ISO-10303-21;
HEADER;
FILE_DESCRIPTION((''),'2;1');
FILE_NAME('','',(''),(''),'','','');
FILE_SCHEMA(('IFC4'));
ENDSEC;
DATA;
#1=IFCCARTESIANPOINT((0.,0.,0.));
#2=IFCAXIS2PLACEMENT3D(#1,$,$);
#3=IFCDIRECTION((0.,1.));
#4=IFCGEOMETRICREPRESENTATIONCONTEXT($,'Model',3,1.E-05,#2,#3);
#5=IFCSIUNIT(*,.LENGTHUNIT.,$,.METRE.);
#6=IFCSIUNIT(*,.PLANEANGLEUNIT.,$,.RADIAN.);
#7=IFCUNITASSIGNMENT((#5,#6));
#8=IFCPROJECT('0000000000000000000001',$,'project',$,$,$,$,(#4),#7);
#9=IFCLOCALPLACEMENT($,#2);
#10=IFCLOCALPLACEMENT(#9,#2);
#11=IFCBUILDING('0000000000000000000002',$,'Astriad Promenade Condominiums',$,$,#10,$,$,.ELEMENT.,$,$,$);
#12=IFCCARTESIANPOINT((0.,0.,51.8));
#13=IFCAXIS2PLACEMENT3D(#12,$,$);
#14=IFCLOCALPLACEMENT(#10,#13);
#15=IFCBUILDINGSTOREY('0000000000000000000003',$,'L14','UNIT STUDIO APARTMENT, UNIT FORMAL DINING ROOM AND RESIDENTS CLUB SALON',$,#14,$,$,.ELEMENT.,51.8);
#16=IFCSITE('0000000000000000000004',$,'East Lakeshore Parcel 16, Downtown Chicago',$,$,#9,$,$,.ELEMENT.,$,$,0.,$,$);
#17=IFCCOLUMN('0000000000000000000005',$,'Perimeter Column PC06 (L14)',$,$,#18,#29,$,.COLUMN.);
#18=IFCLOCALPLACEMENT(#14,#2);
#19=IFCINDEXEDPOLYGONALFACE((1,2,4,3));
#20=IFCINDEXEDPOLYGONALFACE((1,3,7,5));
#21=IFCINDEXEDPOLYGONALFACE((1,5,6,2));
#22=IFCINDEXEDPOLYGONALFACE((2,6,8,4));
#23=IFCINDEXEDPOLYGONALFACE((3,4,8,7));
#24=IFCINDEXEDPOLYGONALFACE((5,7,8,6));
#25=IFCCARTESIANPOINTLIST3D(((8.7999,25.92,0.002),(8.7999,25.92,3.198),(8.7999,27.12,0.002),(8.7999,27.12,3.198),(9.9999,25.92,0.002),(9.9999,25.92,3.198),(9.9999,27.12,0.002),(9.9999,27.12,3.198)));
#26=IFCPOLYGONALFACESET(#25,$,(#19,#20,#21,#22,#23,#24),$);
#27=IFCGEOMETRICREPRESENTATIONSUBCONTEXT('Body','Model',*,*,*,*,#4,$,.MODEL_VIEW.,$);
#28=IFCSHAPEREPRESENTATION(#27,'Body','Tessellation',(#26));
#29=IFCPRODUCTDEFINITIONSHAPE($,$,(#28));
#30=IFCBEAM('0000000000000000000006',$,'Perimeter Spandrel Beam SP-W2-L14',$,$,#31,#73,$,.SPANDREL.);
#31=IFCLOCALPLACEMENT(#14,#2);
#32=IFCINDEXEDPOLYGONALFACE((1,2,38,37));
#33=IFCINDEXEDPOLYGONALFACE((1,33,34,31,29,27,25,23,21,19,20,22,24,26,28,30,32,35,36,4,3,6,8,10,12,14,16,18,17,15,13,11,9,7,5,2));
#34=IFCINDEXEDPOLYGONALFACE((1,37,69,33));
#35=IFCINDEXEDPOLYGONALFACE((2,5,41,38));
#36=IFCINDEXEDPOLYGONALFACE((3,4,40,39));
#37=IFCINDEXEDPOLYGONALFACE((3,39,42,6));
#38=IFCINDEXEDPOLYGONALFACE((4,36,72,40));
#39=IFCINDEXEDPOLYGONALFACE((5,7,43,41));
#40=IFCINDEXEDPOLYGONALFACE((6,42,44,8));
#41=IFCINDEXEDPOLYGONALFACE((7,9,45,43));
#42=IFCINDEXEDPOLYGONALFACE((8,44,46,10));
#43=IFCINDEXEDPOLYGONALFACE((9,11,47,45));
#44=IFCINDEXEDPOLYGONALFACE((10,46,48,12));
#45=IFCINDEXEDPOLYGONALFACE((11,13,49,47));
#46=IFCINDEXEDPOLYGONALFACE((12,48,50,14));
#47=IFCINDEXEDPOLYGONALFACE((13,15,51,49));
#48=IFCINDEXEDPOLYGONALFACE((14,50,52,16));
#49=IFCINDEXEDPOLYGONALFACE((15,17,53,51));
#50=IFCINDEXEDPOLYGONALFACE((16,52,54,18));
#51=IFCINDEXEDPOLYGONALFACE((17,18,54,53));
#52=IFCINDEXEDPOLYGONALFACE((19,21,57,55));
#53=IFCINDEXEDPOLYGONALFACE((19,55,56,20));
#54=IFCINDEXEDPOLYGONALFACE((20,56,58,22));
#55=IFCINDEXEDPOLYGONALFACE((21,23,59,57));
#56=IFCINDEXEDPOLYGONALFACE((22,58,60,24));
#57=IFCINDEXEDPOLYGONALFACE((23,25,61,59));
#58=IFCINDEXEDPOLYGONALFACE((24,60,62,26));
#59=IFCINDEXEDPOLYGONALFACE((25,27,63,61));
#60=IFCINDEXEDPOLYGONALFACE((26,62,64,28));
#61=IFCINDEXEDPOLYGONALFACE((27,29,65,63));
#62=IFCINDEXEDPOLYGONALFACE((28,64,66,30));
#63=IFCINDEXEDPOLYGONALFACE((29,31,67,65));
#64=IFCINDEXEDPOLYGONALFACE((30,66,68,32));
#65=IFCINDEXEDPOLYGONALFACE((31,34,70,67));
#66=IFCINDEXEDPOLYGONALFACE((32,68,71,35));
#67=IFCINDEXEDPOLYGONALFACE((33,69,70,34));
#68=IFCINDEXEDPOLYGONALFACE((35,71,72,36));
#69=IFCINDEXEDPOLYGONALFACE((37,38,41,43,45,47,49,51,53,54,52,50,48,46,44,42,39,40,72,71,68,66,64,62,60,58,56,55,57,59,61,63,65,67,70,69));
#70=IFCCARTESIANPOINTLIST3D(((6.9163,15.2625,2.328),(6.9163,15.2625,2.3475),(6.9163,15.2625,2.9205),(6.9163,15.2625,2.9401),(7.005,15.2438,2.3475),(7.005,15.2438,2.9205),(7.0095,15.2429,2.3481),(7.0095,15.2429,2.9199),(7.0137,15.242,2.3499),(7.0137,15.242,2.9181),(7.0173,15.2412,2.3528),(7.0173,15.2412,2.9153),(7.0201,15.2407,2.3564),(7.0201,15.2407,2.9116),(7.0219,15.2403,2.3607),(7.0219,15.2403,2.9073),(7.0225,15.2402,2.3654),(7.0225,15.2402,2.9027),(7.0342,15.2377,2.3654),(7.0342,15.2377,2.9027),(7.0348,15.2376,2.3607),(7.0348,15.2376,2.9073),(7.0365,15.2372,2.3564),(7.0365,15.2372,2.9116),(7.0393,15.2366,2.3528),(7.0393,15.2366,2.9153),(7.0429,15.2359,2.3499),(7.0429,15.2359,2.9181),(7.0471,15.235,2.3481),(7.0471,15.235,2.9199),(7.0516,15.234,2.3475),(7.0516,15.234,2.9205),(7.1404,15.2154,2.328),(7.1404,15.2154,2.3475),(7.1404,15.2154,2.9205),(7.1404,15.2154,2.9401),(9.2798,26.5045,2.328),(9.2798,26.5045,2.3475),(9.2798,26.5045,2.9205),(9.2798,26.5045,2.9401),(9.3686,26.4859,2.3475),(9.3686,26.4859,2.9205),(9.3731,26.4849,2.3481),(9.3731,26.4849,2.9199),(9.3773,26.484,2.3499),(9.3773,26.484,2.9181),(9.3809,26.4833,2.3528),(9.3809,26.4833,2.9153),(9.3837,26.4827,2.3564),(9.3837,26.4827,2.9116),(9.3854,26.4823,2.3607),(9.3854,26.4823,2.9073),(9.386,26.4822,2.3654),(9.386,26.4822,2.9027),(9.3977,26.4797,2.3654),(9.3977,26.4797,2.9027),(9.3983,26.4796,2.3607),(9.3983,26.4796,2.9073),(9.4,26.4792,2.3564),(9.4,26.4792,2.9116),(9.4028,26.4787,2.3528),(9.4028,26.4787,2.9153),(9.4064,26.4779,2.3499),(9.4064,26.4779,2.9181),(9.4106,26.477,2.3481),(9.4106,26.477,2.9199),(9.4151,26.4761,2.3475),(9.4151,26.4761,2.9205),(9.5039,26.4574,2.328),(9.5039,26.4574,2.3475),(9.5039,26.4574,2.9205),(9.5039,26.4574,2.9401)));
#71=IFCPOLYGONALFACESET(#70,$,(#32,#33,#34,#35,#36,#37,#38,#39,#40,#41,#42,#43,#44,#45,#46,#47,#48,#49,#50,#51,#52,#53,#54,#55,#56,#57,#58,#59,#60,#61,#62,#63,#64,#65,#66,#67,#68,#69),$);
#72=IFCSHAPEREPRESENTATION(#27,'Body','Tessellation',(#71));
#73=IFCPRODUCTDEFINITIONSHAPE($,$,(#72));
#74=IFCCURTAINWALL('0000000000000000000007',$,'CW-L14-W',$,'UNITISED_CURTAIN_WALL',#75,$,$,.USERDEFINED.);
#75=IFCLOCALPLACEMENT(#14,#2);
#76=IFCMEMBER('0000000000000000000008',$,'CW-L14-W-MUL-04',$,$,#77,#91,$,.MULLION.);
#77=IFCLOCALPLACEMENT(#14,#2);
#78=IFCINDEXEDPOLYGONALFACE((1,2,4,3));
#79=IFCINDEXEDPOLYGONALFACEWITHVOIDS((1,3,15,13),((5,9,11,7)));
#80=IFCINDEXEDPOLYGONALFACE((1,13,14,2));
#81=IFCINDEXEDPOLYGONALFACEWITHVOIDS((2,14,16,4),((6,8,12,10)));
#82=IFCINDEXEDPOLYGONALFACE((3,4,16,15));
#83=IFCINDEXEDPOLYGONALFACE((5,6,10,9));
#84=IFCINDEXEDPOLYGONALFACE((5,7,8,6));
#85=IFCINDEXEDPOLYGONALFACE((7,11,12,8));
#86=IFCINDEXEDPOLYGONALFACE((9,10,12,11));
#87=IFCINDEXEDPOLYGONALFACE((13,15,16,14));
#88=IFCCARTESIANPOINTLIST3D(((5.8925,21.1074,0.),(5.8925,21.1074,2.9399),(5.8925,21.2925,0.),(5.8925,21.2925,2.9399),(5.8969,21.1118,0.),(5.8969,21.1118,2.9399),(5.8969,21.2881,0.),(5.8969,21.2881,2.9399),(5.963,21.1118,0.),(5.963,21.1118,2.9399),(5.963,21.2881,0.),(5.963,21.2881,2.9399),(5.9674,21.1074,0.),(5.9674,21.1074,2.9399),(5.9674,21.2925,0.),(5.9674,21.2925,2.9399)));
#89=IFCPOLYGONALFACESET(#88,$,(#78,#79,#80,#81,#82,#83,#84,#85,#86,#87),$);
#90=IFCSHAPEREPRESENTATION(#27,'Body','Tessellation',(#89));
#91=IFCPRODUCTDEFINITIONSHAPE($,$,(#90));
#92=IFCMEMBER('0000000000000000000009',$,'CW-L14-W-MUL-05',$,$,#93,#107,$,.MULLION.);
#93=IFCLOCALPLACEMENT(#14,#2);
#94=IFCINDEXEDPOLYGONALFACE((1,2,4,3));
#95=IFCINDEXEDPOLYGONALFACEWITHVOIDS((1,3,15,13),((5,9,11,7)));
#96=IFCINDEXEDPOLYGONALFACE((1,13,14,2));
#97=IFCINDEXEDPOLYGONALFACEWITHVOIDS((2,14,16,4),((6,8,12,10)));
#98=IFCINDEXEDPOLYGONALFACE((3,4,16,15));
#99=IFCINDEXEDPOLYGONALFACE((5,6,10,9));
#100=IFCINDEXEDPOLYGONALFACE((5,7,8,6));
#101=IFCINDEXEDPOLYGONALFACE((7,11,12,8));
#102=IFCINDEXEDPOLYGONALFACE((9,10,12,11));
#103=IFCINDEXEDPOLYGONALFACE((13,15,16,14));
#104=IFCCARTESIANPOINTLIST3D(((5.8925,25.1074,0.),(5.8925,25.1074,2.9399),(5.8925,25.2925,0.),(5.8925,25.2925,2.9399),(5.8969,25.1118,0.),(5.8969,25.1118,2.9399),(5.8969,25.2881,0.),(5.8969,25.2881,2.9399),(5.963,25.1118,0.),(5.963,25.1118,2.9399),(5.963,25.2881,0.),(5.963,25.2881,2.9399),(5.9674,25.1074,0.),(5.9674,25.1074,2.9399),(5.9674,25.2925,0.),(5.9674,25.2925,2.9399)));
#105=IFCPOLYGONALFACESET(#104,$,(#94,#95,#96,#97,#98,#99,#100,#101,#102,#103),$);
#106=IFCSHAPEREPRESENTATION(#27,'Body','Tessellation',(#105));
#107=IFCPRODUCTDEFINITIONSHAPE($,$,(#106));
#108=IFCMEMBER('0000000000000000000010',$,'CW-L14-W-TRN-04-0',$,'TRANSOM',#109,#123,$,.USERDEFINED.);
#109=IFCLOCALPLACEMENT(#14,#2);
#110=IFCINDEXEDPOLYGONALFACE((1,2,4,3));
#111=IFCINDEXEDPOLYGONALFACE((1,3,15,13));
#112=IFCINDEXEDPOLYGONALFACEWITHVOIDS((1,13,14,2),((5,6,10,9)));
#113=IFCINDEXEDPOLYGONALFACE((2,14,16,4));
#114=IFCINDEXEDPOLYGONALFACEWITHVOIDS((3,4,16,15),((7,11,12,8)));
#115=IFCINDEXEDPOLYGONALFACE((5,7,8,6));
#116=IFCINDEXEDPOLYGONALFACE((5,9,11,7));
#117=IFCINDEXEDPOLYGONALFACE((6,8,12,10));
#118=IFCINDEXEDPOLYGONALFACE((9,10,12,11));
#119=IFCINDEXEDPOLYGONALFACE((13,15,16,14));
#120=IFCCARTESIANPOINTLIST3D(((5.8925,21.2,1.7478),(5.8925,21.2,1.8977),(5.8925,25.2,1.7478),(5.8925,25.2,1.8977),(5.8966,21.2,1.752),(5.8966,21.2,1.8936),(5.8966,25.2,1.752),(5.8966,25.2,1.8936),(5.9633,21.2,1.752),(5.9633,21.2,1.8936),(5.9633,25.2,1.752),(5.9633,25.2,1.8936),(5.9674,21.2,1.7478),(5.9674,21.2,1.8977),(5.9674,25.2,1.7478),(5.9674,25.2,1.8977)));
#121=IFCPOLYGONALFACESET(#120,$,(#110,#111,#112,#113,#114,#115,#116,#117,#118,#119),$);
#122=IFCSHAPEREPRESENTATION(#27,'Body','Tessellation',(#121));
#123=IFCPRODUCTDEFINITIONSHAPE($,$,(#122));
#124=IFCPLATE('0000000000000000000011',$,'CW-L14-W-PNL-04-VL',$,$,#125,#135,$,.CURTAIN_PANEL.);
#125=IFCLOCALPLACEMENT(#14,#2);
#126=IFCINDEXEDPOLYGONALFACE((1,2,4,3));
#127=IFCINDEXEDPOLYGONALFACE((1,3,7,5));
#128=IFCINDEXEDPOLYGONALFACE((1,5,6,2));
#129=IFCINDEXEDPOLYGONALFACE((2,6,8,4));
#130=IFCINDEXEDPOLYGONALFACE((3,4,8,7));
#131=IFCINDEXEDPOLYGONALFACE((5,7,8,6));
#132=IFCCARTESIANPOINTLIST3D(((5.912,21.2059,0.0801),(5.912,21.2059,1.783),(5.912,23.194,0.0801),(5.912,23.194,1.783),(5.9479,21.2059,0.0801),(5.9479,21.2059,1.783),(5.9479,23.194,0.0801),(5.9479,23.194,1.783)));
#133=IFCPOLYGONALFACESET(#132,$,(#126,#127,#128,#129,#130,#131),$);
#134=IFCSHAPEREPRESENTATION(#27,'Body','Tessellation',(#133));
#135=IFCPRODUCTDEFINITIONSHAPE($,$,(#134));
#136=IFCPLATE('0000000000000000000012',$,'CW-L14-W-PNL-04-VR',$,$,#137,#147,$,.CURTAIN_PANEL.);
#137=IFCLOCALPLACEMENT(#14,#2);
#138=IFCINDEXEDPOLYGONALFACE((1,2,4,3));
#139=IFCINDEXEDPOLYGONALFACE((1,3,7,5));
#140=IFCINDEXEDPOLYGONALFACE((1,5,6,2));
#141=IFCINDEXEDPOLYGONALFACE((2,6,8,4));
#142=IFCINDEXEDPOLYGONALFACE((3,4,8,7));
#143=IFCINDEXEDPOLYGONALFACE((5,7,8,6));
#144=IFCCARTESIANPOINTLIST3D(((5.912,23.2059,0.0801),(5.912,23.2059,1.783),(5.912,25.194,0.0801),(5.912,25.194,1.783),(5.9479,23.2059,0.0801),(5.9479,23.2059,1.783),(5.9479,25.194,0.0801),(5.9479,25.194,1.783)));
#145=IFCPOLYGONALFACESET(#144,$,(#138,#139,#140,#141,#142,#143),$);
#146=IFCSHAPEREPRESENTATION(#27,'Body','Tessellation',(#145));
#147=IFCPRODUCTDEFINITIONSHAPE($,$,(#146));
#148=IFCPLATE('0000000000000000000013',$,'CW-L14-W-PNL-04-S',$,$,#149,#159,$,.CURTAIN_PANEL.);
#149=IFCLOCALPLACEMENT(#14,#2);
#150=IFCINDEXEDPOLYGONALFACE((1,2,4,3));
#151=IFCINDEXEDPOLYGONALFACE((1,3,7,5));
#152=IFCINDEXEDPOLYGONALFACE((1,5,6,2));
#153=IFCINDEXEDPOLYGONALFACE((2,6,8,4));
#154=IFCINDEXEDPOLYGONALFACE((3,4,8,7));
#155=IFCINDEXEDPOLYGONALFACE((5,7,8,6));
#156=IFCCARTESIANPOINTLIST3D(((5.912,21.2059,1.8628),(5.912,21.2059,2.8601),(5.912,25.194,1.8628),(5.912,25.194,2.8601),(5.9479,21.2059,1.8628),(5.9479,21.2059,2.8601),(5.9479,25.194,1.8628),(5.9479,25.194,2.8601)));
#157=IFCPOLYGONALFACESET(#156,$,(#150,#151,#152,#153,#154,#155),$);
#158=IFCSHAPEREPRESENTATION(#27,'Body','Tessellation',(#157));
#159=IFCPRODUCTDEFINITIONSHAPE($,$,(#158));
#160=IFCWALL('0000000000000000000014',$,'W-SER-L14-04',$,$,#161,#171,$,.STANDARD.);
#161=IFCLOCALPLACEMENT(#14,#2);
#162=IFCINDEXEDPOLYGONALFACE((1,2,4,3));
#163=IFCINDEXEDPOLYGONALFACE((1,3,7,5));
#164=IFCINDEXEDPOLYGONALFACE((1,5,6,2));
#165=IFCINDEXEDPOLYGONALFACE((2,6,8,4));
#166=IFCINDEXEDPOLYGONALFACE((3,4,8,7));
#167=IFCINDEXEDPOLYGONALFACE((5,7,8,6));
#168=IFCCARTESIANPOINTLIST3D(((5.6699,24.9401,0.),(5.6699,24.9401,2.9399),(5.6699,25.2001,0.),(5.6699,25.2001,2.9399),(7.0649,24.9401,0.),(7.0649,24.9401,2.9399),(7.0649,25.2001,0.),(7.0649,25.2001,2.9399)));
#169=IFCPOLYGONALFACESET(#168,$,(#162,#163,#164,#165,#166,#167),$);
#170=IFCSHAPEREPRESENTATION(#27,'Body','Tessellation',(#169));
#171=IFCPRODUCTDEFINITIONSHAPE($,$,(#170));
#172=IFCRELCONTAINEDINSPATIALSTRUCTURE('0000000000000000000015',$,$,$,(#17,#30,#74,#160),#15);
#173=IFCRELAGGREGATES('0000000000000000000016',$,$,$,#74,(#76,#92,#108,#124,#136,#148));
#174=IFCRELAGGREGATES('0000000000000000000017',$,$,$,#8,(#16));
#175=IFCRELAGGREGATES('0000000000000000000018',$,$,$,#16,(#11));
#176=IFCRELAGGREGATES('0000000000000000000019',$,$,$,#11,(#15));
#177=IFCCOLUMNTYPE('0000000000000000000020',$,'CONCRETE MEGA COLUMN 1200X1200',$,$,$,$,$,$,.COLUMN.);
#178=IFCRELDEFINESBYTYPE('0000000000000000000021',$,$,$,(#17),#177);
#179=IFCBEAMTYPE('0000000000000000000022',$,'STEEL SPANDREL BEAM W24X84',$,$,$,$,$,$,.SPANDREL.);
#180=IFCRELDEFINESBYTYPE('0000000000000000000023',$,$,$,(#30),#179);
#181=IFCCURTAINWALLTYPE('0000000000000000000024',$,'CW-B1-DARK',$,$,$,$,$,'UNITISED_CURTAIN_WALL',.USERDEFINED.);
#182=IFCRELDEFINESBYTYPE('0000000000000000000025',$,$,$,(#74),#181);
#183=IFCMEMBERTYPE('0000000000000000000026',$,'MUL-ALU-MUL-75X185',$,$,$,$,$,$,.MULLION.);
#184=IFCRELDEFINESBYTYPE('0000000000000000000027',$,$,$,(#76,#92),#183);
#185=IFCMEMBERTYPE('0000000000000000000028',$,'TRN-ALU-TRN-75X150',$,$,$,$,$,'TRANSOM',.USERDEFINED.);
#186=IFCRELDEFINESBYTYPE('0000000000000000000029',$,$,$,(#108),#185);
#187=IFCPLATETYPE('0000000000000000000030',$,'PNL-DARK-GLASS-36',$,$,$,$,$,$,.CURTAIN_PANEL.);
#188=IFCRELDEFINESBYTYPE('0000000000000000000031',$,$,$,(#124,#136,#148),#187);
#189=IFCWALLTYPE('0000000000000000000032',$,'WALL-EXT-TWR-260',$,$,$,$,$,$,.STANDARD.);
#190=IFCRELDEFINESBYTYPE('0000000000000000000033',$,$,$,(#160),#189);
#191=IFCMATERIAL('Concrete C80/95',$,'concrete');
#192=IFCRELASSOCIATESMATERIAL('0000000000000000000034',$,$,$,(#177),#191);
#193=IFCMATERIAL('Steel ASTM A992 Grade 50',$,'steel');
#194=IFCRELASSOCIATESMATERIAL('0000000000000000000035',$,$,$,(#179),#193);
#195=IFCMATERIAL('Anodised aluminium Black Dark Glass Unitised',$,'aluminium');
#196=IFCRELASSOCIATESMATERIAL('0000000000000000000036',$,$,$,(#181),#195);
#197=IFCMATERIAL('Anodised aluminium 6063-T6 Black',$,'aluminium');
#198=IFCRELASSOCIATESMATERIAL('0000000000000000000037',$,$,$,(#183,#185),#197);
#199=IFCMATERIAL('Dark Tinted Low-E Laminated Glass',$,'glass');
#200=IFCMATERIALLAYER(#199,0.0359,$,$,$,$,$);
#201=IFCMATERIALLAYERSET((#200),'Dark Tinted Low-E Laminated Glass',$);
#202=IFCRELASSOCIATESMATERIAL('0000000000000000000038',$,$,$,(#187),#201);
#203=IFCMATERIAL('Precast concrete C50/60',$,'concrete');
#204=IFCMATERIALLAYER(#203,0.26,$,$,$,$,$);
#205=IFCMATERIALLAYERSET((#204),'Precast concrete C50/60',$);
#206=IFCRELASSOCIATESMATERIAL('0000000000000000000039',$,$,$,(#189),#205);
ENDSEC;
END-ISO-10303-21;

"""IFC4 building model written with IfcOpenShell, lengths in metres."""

from ifc_helpers import new_model, si_unit, direction, frame, frame_2d, origin, origin_2d, place, context, subcontext, project, spatial, rectangle, hollow_rectangle, i_section, extrude, source, transform, mapped, material, layer, layer_set, material_profile, profile_set, type_object, type_shapes, element, aggregate, save


model = new_model("IFC4")

# Units and contexts
model_context = context("Model", 3, precision=1e-05, world=origin(), true_north=direction((0.0, 1.0)))
body_context = subcontext(model_context, "Body", "Model", "MODEL_VIEW")
ifc_project = project(units=[si_unit("LENGTHUNIT", "METRE"), si_unit("PLANEANGLEUNIT", "RADIAN")], contexts=[model_context])

# Site, building, storey
site_placement = place(None, origin())
site = spatial("IfcSite", under=ifc_project, at=site_placement, Name="East Lakeshore Parcel 16, Downtown Chicago", CompositionType="ELEMENT", RefElevation=0.0)
building_placement = place(site_placement, origin())
building = spatial("IfcBuilding", under=site, at=building_placement, Name="Astriad Promenade Condominiums", CompositionType="ELEMENT")
storey_placement = place(building_placement, frame((0.0, 0.0, 51.8)))
storey = spatial("IfcBuildingStorey", under=building, at=storey_placement, Name="L14", Description="UNIT STUDIO APARTMENT, UNIT FORMAL DINING ROOM AND RESIDENTS CLUB SALON", CompositionType="ELEMENT", Elevation=51.8)

# Column
ifc_material_1 = material(Name="Concrete C80/95", Category="concrete")
ifc_material_profile_1 = material_profile(ifc_material_1, rectangle(XDim=1.2, YDim=1.2, at=origin_2d()), Name="RC-COL-1200X1200")
ifc_profile_set_1 = profile_set([ifc_material_profile_1], Name="Concrete C80/95")
column_type = type_object("IfcColumnType", Name="CONCRETE MEGA COLUMN 1200X1200", PredefinedType="COLUMN", material=ifc_profile_set_1)
shared_shape_1 = source(origin(), body_context, "Body", "SweptSolid", [
    extrude(rectangle(XDim=1.2, YDim=1.2, at=origin_2d()), origin(), (0.0, 0.0, 1.0), 3.196),
])
type_shapes(column_type, [shared_shape_1])
column_placement = place(storey_placement, frame((9.3999, 26.52, 0.002), z_axis=(0.0, 0.0, 1.0), x_axis=(1.0, 0.0, 0.0)))
element("IfcColumn", 1, at=column_placement, inside=storey, type_object=column_type, Name="Perimeter Column PC06 (L14)", PredefinedType="COLUMN", context=body_context, shape_type="MappedRepresentation", body=[
    mapped(shared_shape_1, transform((0.0, 0.0, 0.0), scale=1.0)),
])

# Beam
ifc_material_2 = material(Name="Steel ASTM A992 Grade 50", Category="steel")
ifc_material_profile_2 = material_profile(ifc_material_2, i_section(OverallWidth=0.229, OverallDepth=0.6121, WebThickness=0.012, FlangeThickness=0.0195, FilletRadius=0.0178, at=origin_2d()), Name="W24X84")
ifc_profile_set_2 = profile_set([ifc_material_profile_2], Name="Steel ASTM A992 Grade 50")
beam_type = type_object("IfcBeamType", Name="STEEL SPANDREL BEAM W24X84", PredefinedType="SPANDREL", material=ifc_profile_set_2)
shared_shape_2 = source(origin(), body_context, "Body", "SweptSolid", [
    extrude(i_section(OverallWidth=0.229, OverallDepth=0.6121, WebThickness=0.012, FlangeThickness=0.0195, FilletRadius=0.0178, at=origin_2d()), origin(), (0.0, 0.0, 1.0), 11.4878),
])
type_shapes(beam_type, [shared_shape_2])
beam_placement = place(storey_placement, frame((9.3918, 26.481, 2.634), z_axis=(-0.205744, -0.978606, 0.0), x_axis=(0.978606, -0.205744, 0.0)))
element("IfcBeam", 2, at=beam_placement, inside=storey, type_object=beam_type, Name="Perimeter Spandrel Beam SP-W2-L14", PredefinedType="SPANDREL", context=body_context, shape_type="MappedRepresentation", body=[
    mapped(shared_shape_2, transform((0.0, 0.0, 0.0), scale=1.0)),
])

# Curtain wall, members, plates
ifc_material_3 = material(Name="Anodised aluminium Black Dark Glass Unitised", Category="aluminium")
curtain_wall_type = type_object("IfcCurtainWallType", Name="CW-B1-DARK", ElementType="UNITISED_CURTAIN_WALL", PredefinedType="USERDEFINED", material=ifc_material_3)
curtain_wall_placement = place(storey_placement, origin())
curtain_wall = element("IfcCurtainWall", 3, at=curtain_wall_placement, inside=storey, type_object=curtain_wall_type, Name="CW-L14-W", ObjectType="UNITISED_CURTAIN_WALL", PredefinedType="USERDEFINED")
ifc_material_4 = material(Name="Anodised aluminium 6063-T6 Black", Category="aluminium")
ifc_material_profile_3 = material_profile(ifc_material_4, hollow_rectangle(XDim=0.075, YDim=0.1851, WallThickness=0.0044, at=origin_2d()), Name="ALU-MUL-75X185")
ifc_profile_set_3 = profile_set([ifc_material_profile_3], Name="Anodised aluminium 6063-T6 Black")
member_type_1 = type_object("IfcMemberType", Name="MUL-ALU-MUL-75X185", PredefinedType="MULLION", material=ifc_profile_set_3)
shared_shape_3 = source(origin(), body_context, "Body", "SweptSolid", [
    extrude(hollow_rectangle(XDim=0.075, YDim=0.1851, WallThickness=0.0044, at=origin_2d()), origin(), (0.0, 0.0, 1.0), 2.9399),
])
type_shapes(member_type_1, [shared_shape_3])
member_1_placement = place(storey_placement, frame((5.9299, 21.2, 0.0), z_axis=(0.0, 0.0, 1.0), x_axis=(1.0, 0.0, 0.0)))
member_1 = element("IfcMember", 4, at=member_1_placement, type_object=member_type_1, Name="CW-L14-W-MUL-04", PredefinedType="MULLION", context=body_context, shape_type="MappedRepresentation", body=[
    mapped(shared_shape_3, transform((0.0, 0.0, 0.0), scale=1.0)),
])
member_2_placement = place(storey_placement, frame((5.9299, 25.2, 0.0), z_axis=(0.0, 0.0, 1.0), x_axis=(1.0, 0.0, 0.0)))
member_2 = element("IfcMember", 5, at=member_2_placement, type_object=member_type_1, Name="CW-L14-W-MUL-05", PredefinedType="MULLION", context=body_context, shape_type="MappedRepresentation", body=[
    mapped(shared_shape_3, transform((0.0, 0.0, 0.0), scale=1.0)),
])
ifc_material_profile_4 = material_profile(ifc_material_4, hollow_rectangle(XDim=0.075, YDim=0.1499, WallThickness=0.0042, at=origin_2d()), Name="ALU-TRN-75X150")
ifc_profile_set_4 = profile_set([ifc_material_profile_4], Name="Anodised aluminium 6063-T6 Black")
member_type_2 = type_object("IfcMemberType", Name="TRN-ALU-TRN-75X150", ElementType="TRANSOM", PredefinedType="USERDEFINED", material=ifc_profile_set_4)
shared_shape_4 = source(origin(), body_context, "Body", "SweptSolid", [
    extrude(hollow_rectangle(XDim=0.075, YDim=0.1499, WallThickness=0.0042, at=origin_2d()), origin(), (0.0, 0.0, 1.0), 4.0),
])
type_shapes(member_type_2, [shared_shape_4])
member_3_placement = place(storey_placement, frame((5.9299, 21.2, 1.8228), z_axis=(0.0, 1.0, 0.0), x_axis=(-1.0, 0.0, 0.0)))
member_3 = element("IfcMember", 6, at=member_3_placement, type_object=member_type_2, Name="CW-L14-W-TRN-04-0", ObjectType="TRANSOM", PredefinedType="USERDEFINED", context=body_context, shape_type="MappedRepresentation", body=[
    mapped(shared_shape_4, transform((0.0, 0.0, 0.0), scale=1.0)),
])
ifc_material_5 = material(Name="Dark Tinted Low-E Laminated Glass", Category="glass")
ifc_layer_1 = layer(ifc_material_5, 0.0359)
ifc_layer_set_1 = layer_set([ifc_layer_1], Name="Dark Tinted Low-E Laminated Glass")
plate_type = type_object("IfcPlateType", Name="PNL-DARK-GLASS-36", PredefinedType="CURTAIN_PANEL", material=ifc_layer_set_1)
shared_shape_5 = source(origin(), body_context, "Body", "SweptSolid", [
    extrude(rectangle(XDim=1.988, YDim=0.0359, at=origin_2d()), origin(), (0.0, 0.0, 1.0), 1.7029),
])
plate_1_placement = place(storey_placement, frame((5.9299, 22.2, 0.0801), z_axis=(0.0, 0.0, 1.0), x_axis=(0.0, 1.0, 0.0)))
plate_1 = element("IfcPlate", 7, at=plate_1_placement, type_object=plate_type, Name="CW-L14-W-PNL-04-VL", PredefinedType="CURTAIN_PANEL", context=body_context, shape_type="MappedRepresentation", body=[
    mapped(shared_shape_5, transform((0.0, 0.0, 0.0), scale=1.0)),
])
plate_2_placement = place(storey_placement, frame((5.9299, 24.2, 0.0801), z_axis=(0.0, 0.0, 1.0), x_axis=(0.0, 1.0, 0.0)))
plate_2 = element("IfcPlate", 8, at=plate_2_placement, type_object=plate_type, Name="CW-L14-W-PNL-04-VR", PredefinedType="CURTAIN_PANEL", context=body_context, shape_type="MappedRepresentation", body=[
    mapped(shared_shape_5, transform((0.0, 0.0, 0.0), scale=1.0)),
])
shared_shape_6 = source(origin(), body_context, "Body", "SweptSolid", [
    extrude(rectangle(XDim=3.988, YDim=0.0359, at=origin_2d()), origin(), (0.0, 0.0, 1.0), 0.9973),
])
type_shapes(plate_type, [shared_shape_5, shared_shape_6])
plate_3_placement = place(storey_placement, frame((5.9299, 23.2, 1.8628), z_axis=(0.0, 0.0, 1.0), x_axis=(0.0, 1.0, 0.0)))
plate_3 = element("IfcPlate", 9, at=plate_3_placement, type_object=plate_type, Name="CW-L14-W-PNL-04-S", PredefinedType="CURTAIN_PANEL", context=body_context, shape_type="MappedRepresentation", body=[
    mapped(shared_shape_6, transform((0.0, 0.0, 0.0), scale=1.0)),
])
aggregate(curtain_wall, [member_1, member_2, member_3, plate_1, plate_2, plate_3])

# Wall
ifc_material_6 = material(Name="Precast concrete C50/60", Category="concrete")
ifc_layer_2 = layer(ifc_material_6, 0.26)
ifc_layer_set_2 = layer_set([ifc_layer_2], Name="Precast concrete C50/60")
wall_type_1 = type_object("IfcWallType", Name="WALL-EXT-TWR-260", PredefinedType="STANDARD", material=ifc_layer_set_2)
for number, where, z_axis, x_axis, name in (
    (10, (5.6699, 25.0701, 0.0), (0.0, 0.0, 1.0), (1.0, 0.0, 0.0), "W-SER-L14-04"),
):
    element("IfcWall", number, at=place(storey_placement, frame(where, z_axis=z_axis, x_axis=x_axis)), inside=storey, type_object=wall_type_1, Name=name, PredefinedType="STANDARD", context=body_context, shape_type="SweptSolid", body=[
        extrude(rectangle(XDim=1.395, YDim=0.26, at=frame_2d((0.6975, 0.0))), origin(), (0.0, 0.0, 1.0), 2.9399),
    ])

save(model, "model.ifc")
